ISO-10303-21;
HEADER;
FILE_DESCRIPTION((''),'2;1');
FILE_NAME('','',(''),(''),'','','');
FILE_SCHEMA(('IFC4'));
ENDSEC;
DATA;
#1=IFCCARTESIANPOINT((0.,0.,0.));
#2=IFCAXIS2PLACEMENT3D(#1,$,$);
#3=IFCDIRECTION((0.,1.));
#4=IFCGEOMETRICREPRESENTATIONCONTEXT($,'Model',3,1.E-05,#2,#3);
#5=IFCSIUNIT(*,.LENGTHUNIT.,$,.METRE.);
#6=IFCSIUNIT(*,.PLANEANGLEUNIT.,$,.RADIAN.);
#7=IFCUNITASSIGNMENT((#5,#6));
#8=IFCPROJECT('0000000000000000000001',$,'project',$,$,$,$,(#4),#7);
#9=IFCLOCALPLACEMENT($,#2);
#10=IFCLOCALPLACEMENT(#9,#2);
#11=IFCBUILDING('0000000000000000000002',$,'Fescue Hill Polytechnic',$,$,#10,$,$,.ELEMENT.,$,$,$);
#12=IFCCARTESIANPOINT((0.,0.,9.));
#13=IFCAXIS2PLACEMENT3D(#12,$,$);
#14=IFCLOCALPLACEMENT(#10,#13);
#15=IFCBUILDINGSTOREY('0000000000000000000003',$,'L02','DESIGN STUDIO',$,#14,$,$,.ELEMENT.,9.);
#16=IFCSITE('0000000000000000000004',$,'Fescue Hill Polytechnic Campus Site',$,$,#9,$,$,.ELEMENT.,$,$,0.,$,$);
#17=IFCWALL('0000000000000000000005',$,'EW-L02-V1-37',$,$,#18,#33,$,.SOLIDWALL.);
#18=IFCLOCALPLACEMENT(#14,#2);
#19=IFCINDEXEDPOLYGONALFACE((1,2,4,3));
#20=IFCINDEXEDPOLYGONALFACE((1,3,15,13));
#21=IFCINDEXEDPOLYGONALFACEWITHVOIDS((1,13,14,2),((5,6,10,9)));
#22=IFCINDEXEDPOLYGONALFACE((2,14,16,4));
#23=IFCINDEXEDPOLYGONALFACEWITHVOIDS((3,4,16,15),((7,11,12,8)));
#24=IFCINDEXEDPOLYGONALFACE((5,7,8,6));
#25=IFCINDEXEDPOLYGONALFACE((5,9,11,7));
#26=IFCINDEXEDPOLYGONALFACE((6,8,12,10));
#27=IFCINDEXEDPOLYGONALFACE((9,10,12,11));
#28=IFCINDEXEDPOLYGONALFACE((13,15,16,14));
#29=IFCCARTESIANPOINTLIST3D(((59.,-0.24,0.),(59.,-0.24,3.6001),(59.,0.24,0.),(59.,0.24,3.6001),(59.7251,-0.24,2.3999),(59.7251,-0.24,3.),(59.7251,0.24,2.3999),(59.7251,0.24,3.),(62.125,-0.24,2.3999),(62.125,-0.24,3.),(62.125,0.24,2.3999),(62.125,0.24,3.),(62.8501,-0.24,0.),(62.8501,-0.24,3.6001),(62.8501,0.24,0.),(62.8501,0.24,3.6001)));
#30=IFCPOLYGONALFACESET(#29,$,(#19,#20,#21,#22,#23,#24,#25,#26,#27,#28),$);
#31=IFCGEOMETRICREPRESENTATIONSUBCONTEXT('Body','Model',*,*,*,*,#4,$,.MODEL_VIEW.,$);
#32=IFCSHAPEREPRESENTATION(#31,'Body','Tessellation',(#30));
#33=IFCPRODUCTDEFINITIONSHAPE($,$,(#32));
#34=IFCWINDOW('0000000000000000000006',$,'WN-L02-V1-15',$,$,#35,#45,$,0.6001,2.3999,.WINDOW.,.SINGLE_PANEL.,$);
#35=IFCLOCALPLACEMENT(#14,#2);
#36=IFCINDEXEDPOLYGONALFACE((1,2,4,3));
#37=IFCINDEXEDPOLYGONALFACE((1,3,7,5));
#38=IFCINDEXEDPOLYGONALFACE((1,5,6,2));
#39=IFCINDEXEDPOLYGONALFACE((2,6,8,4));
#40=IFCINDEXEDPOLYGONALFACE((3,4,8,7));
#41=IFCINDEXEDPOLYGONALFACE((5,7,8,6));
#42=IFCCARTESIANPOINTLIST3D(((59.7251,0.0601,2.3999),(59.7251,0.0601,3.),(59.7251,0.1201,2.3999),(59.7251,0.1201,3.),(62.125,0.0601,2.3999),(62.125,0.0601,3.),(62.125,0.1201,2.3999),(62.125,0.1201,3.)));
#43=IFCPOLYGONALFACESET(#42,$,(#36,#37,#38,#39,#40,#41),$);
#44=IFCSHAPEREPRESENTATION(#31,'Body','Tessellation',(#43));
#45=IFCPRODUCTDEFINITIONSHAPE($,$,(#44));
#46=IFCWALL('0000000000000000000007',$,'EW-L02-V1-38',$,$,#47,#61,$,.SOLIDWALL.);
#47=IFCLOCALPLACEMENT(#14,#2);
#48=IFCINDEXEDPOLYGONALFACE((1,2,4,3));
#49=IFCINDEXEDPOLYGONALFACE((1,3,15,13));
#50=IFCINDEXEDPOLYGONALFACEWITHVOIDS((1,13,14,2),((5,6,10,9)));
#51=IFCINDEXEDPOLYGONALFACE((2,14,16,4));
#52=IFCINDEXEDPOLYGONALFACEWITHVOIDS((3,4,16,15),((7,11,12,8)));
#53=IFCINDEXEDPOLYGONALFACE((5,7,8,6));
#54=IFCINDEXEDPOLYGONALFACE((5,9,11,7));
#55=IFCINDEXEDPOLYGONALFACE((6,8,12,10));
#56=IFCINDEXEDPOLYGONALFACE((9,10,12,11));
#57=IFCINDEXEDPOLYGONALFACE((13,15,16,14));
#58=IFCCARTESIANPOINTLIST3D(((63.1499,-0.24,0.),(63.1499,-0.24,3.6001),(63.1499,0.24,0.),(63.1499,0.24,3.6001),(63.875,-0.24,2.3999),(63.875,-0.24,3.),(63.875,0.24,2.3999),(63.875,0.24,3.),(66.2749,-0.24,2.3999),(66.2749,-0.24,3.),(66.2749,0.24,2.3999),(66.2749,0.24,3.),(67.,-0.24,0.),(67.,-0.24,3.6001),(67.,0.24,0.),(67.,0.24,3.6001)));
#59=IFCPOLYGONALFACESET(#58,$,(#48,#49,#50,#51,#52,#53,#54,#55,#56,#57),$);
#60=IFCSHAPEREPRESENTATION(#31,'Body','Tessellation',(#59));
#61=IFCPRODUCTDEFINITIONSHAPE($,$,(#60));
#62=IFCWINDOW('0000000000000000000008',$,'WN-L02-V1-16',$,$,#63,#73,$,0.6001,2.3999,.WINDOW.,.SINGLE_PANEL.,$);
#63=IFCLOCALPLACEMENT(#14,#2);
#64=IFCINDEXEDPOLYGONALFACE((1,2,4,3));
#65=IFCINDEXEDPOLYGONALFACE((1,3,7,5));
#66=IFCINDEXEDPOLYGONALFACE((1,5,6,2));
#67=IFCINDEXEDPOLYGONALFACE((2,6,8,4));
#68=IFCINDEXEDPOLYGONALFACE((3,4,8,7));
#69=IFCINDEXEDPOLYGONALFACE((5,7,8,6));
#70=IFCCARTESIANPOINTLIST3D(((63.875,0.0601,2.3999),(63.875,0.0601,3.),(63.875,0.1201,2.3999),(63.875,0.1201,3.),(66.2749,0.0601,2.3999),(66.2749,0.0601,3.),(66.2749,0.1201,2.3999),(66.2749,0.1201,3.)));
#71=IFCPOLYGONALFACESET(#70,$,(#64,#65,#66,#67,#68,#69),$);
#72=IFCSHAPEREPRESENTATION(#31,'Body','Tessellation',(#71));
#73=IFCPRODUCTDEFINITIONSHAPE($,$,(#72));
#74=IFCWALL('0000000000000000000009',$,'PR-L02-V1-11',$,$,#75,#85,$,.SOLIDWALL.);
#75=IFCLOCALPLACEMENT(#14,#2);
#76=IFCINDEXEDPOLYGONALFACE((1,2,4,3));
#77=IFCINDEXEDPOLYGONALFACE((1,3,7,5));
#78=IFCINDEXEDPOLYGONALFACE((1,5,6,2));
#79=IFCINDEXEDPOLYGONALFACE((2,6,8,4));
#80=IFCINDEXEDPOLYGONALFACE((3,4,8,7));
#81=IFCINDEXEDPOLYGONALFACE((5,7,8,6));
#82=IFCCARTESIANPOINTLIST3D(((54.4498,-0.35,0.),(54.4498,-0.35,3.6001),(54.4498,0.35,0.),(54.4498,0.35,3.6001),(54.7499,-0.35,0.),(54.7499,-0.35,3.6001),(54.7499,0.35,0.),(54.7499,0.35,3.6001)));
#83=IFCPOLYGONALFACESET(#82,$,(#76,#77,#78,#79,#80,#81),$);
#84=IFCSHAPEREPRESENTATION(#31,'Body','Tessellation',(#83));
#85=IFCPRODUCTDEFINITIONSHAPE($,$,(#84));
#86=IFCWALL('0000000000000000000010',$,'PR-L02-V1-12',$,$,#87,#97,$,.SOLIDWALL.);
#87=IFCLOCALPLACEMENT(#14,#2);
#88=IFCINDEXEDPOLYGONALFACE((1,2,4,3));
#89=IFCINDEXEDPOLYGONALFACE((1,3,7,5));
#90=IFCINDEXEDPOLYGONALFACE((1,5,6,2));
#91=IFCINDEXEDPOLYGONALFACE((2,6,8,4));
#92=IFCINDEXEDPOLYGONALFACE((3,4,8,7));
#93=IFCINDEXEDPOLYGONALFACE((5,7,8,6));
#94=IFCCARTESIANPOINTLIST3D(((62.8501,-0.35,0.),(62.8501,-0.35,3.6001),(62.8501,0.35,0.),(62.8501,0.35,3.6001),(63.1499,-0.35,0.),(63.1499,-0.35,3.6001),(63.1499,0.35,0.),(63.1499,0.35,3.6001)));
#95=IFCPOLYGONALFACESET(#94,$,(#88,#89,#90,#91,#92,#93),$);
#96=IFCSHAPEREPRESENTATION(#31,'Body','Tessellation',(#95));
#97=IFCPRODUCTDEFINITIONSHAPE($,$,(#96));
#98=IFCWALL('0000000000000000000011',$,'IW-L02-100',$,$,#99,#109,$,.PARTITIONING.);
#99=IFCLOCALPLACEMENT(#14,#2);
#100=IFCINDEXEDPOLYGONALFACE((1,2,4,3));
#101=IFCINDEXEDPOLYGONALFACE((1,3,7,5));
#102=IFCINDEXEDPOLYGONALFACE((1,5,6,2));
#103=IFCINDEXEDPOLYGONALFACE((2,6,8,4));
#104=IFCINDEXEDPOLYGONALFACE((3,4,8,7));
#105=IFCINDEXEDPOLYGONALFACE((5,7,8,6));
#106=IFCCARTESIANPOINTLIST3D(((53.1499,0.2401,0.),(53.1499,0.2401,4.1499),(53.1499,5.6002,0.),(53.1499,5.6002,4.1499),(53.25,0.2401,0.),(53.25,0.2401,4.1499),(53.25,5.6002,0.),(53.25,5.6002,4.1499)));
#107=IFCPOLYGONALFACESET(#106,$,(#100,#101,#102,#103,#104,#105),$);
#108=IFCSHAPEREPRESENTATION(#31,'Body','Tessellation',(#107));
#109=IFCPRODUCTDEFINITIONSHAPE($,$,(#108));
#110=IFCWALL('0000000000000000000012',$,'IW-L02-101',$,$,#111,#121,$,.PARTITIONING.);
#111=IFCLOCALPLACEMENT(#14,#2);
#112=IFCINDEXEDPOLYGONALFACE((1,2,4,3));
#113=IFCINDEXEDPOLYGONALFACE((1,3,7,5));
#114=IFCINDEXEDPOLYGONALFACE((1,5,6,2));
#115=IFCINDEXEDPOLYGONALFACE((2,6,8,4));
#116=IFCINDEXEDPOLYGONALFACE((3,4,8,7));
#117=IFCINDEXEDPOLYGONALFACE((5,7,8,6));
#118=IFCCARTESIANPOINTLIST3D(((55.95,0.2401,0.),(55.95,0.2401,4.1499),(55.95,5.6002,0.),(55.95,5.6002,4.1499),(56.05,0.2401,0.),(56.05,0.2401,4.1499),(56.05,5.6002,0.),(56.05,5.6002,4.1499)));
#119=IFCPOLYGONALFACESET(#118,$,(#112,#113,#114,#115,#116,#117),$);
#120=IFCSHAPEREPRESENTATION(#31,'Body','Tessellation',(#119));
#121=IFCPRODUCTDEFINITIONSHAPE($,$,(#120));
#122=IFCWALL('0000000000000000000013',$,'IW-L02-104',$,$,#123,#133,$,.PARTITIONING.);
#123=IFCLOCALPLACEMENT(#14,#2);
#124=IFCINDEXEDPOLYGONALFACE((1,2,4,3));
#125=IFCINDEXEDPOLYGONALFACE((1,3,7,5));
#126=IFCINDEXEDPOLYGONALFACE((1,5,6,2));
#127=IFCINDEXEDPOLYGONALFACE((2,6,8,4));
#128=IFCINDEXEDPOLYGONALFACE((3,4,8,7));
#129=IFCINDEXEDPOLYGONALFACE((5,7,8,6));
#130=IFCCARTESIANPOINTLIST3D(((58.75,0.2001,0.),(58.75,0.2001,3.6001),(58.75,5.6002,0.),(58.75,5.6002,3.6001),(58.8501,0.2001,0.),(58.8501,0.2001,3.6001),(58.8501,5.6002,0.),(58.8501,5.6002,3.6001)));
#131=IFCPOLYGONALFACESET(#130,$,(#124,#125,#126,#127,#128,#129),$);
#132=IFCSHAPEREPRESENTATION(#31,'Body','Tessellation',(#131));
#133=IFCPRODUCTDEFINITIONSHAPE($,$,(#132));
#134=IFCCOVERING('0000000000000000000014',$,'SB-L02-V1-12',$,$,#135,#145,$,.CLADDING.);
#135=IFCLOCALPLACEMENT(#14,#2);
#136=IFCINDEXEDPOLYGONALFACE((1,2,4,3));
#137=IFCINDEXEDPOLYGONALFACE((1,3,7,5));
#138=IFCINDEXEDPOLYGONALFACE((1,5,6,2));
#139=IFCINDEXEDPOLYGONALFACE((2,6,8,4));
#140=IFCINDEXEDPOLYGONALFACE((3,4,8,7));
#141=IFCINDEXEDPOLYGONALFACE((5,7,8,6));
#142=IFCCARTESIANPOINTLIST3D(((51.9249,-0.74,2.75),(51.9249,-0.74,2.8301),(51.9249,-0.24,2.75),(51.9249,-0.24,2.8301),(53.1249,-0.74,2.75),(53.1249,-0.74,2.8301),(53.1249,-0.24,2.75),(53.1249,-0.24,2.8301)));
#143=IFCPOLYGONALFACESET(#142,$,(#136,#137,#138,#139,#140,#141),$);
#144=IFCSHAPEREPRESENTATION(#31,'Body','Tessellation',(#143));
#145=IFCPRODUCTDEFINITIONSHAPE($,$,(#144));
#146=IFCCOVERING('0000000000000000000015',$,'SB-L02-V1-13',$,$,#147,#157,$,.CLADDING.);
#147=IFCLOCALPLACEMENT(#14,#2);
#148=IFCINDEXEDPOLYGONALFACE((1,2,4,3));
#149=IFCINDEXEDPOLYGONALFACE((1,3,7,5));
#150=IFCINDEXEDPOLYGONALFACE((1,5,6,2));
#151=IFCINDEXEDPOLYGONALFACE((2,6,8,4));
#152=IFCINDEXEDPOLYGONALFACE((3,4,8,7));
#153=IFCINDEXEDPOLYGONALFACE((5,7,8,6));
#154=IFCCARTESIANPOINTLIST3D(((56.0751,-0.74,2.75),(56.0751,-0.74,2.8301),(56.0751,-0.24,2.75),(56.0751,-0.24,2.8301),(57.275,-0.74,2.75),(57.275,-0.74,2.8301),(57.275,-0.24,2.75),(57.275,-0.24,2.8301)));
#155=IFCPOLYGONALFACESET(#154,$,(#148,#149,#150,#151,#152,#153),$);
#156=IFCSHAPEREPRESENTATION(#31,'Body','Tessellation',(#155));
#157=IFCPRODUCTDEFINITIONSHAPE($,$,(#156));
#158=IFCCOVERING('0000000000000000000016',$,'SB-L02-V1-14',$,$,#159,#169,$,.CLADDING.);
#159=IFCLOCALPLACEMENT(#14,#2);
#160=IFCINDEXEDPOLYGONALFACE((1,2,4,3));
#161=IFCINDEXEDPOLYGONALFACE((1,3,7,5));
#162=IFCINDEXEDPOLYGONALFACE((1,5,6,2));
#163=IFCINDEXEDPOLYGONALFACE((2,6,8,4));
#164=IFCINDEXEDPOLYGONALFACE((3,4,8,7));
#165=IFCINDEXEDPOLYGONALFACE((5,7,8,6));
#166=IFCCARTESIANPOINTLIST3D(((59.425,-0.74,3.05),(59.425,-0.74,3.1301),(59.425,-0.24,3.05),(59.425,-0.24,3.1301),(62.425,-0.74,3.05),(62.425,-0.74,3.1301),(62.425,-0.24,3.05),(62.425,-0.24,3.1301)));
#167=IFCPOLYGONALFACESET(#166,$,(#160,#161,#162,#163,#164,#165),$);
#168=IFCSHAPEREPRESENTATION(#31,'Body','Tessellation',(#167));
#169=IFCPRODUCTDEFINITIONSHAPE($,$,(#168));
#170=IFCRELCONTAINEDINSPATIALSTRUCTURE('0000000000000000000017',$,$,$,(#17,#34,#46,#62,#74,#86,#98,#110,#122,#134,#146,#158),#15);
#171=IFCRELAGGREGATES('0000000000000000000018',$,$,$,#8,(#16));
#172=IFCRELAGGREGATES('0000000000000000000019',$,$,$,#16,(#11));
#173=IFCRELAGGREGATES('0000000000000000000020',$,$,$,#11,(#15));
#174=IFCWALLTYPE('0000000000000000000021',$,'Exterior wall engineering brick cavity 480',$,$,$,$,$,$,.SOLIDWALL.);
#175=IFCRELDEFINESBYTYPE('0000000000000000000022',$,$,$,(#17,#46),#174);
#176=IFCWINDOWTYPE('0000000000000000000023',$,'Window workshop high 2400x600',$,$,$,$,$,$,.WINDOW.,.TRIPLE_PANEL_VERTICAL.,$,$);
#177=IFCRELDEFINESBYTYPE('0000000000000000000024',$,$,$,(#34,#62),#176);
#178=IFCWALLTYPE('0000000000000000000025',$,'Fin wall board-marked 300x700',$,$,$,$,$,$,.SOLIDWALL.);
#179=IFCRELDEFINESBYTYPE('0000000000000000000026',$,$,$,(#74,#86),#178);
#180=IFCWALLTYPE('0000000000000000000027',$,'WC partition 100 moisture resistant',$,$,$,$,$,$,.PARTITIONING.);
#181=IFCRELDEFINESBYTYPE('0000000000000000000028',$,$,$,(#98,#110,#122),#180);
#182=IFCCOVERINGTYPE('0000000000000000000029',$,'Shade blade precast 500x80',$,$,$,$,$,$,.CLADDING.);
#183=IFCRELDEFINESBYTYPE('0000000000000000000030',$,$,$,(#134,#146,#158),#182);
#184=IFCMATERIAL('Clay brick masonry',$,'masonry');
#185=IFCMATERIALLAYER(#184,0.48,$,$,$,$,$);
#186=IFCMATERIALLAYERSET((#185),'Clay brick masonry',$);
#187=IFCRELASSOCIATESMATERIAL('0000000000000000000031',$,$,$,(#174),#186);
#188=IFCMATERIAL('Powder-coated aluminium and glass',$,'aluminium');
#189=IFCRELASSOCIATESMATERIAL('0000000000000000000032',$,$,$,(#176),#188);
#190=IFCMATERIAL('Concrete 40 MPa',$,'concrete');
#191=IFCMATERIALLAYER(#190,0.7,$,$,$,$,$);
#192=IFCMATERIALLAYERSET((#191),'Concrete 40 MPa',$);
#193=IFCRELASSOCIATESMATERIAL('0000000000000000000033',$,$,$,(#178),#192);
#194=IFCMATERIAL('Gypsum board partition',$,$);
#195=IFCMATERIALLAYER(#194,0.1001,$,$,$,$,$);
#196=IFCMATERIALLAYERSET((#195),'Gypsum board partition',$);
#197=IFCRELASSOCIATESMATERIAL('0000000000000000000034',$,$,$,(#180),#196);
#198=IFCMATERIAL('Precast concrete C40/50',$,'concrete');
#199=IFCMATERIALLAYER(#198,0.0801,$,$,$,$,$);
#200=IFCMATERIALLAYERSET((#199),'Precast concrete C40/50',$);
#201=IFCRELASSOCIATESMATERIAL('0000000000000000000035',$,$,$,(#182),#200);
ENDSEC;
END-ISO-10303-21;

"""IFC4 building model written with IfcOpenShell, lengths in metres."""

from ifc_helpers import new_model, si_unit, direction, frame, frame_2d, origin, origin_2d, place, context, subcontext, project, spatial, rectangle, extrude, material, layer, layer_set, type_object, element, fill, save


model = new_model("IFC4")

# Units and contexts
model_context = context("Model", 3, precision=1e-05, world=origin(), true_north=direction((0.0, 1.0)))
body_context = subcontext(model_context, "Body", "Model", "MODEL_VIEW")
ifc_project = project(units=[si_unit("LENGTHUNIT", "METRE"), si_unit("PLANEANGLEUNIT", "RADIAN")], contexts=[model_context])

# Site, building, storey
site_placement = place(None, origin())
site = spatial("IfcSite", under=ifc_project, at=site_placement, Name="Fescue Hill Polytechnic Campus Site", CompositionType="ELEMENT", RefElevation=0.0)
building_placement = place(site_placement, origin())
building = spatial("IfcBuilding", under=site, at=building_placement, Name="Fescue Hill Polytechnic", CompositionType="ELEMENT")
storey_placement = place(building_placement, frame((0.0, 0.0, 9.0)))
storey = spatial("IfcBuildingStorey", under=building, at=storey_placement, Name="L02", Description="DESIGN STUDIO", CompositionType="ELEMENT", Elevation=9.0)

# Shared definitions
ifc_material_1 = material(Name="Concrete 40 MPa", Category="concrete")

# Shared definitions
ifc_material_2 = material(Name="Gypsum board partition")

# Walls, openings, windows
ifc_material_3 = material(Name="Clay brick masonry", Category="masonry")
ifc_layer_1 = layer(ifc_material_3, 0.48)
ifc_layer_set_1 = layer_set([ifc_layer_1], Name="Clay brick masonry")
wall_type_1 = type_object("IfcWallType", Name="Exterior wall engineering brick cavity 480", PredefinedType="SOLIDWALL", material=ifc_layer_set_1)
ifc_material_4 = material(Name="Powder-coated aluminium and glass", Category="aluminium")
wall_1_placement = place(storey_placement, frame((59.0, 0.0, 0.0), z_axis=(0.0, 0.0, 1.0), x_axis=(1.0, 0.0, 0.0)))
wall_1 = element("IfcWall", 1, at=wall_1_placement, inside=storey, type_object=wall_type_1, Name="EW-L02-V1-37", PredefinedType="SOLIDWALL", context=body_context, shape_type="SweptSolid", body=[
    extrude(rectangle(XDim=3.8501, YDim=0.48, at=frame_2d((1.925, 0.0))), origin(), (0.0, 0.0, 1.0), 3.6001),
])
opening_1_placement = place(wall_1_placement, frame((0.7251, 0.0, 2.3999)))
opening_1 = element("IfcOpeningElement", 2, at=opening_1_placement, cuts=wall_1, PredefinedType="OPENING", context=body_context, shape_type="SweptSolid", body=[
    extrude(rectangle(XDim=2.3999, YDim=0.6001, at=frame_2d((1.2, 0.3))), frame((0.0, 0.25, 0.0), z_axis=(0.0, -1.0, 0.0), x_axis=(1.0, 0.0, 0.0)), (0.0, 0.0, 1.0), 0.5),
])
window_type_1 = type_object("IfcWindowType", Name="Window workshop high 2400x600", PartitioningType="TRIPLE_PANEL_VERTICAL", PredefinedType="WINDOW", material=ifc_material_4)
window_1_placement = place(opening_1_placement, origin())
window_1 = element("IfcWindow", 3, at=window_1_placement, inside=storey, type_object=window_type_1, Name="WN-L02-V1-15", OverallHeight=0.6001, OverallWidth=2.3999, PartitioningType="SINGLE_PANEL", PredefinedType="WINDOW", context=body_context, shape_type="SweptSolid", body=[
    extrude(rectangle(XDim=2.3999, YDim=0.6001, at=frame_2d((1.2, 0.3))), frame((0.0, 0.1201, 0.0), z_axis=(0.0, -1.0, 0.0), x_axis=(1.0, 0.0, 0.0)), (0.0, 0.0, 1.0), 0.0601),
])
fill(opening_1, window_1)
wall_2_placement = place(storey_placement, frame((63.1499, 0.0, 0.0), z_axis=(0.0, 0.0, 1.0), x_axis=(1.0, 0.0, 0.0)))
wall_2 = element("IfcWall", 4, at=wall_2_placement, inside=storey, type_object=wall_type_1, Name="EW-L02-V1-38", PredefinedType="SOLIDWALL", context=body_context, shape_type="SweptSolid", body=[
    extrude(rectangle(XDim=3.8501, YDim=0.48, at=frame_2d((1.925, 0.0))), origin(), (0.0, 0.0, 1.0), 3.6001),
])
opening_2_placement = place(wall_2_placement, frame((0.7251, 0.0, 2.3999)))
opening_2 = element("IfcOpeningElement", 5, at=opening_2_placement, cuts=wall_2, PredefinedType="OPENING", context=body_context, shape_type="SweptSolid", body=[
    extrude(rectangle(XDim=2.3999, YDim=0.6001, at=frame_2d((1.2, 0.3))), frame((0.0, 0.25, 0.0), z_axis=(0.0, -1.0, 0.0), x_axis=(1.0, 0.0, 0.0)), (0.0, 0.0, 1.0), 0.5),
])
window_2_placement = place(opening_2_placement, origin())
window_2 = element("IfcWindow", 6, at=window_2_placement, inside=storey, type_object=window_type_1, Name="WN-L02-V1-16", OverallHeight=0.6001, OverallWidth=2.3999, PartitioningType="SINGLE_PANEL", PredefinedType="WINDOW", context=body_context, shape_type="SweptSolid", body=[
    extrude(rectangle(XDim=2.3999, YDim=0.6001, at=frame_2d((1.2, 0.3))), frame((0.0, 0.1201, 0.0), z_axis=(0.0, -1.0, 0.0), x_axis=(1.0, 0.0, 0.0)), (0.0, 0.0, 1.0), 0.0601),
])
fill(opening_2, window_2)

# Walls
ifc_layer_2 = layer(ifc_material_1, 0.7)
ifc_layer_set_2 = layer_set([ifc_layer_2], Name="Concrete 40 MPa")
wall_type_2 = type_object("IfcWallType", Name="Fin wall board-marked 300x700", PredefinedType="SOLIDWALL", material=ifc_layer_set_2)
wall_3_placement = place(storey_placement, frame((54.45, 0.0, 0.0), z_axis=(0.0, 0.0, 1.0), x_axis=(1.0, 0.0, 0.0)))
element("IfcWall", 7, at=wall_3_placement, inside=storey, type_object=wall_type_2, Name="PR-L02-V1-11", PredefinedType="SOLIDWALL", context=body_context, shape_type="SweptSolid", body=[
    extrude(rectangle(XDim=0.3, YDim=0.7, at=frame_2d((0.1499, 0.0))), origin(), (0.0, 0.0, 1.0), 3.6001),
])
wall_4_placement = place(storey_placement, frame((62.8501, 0.0, 0.0), z_axis=(0.0, 0.0, 1.0), x_axis=(1.0, 0.0, 0.0)))
element("IfcWall", 8, at=wall_4_placement, inside=storey, type_object=wall_type_2, Name="PR-L02-V1-12", PredefinedType="SOLIDWALL", context=body_context, shape_type="SweptSolid", body=[
    extrude(rectangle(XDim=0.2998, YDim=0.7, at=frame_2d((0.1499, 0.0))), origin(), (0.0, 0.0, 1.0), 3.6001),
])
ifc_layer_3 = layer(ifc_material_2, 0.1001)
ifc_layer_set_3 = layer_set([ifc_layer_3], Name="Gypsum board partition")
wall_type_3 = type_object("IfcWallType", Name="WC partition 100 moisture resistant", PredefinedType="PARTITIONING", material=ifc_layer_set_3)
for number, where, z_axis, x_axis, name in (
    (9, (53.2, 0.24, 0.0), (0.0, 0.0, 1.0), (0.0, 1.0, 0.0), "IW-L02-100"),
    (10, (56.0, 0.24, 0.0), (0.0, 0.0, 1.0), (0.0, 1.0, 0.0), "IW-L02-101"),
):
    element("IfcWall", number, at=place(storey_placement, frame(where, z_axis=z_axis, x_axis=x_axis)), inside=storey, type_object=wall_type_3, Name=name, PredefinedType="PARTITIONING", context=body_context, shape_type="SweptSolid", body=[
        extrude(rectangle(XDim=5.3601, YDim=0.1001, at=frame_2d((2.6802, 0.0))), origin(), (0.0, 0.0, 1.0), 4.1499),
    ])
wall_5_placement = place(storey_placement, frame((58.8, 0.2, 0.0), z_axis=(0.0, 0.0, 1.0), x_axis=(0.0, 1.0, 0.0)))
element("IfcWall", 11, at=wall_5_placement, inside=storey, type_object=wall_type_3, Name="IW-L02-104", PredefinedType="PARTITIONING", context=body_context, shape_type="SweptSolid", body=[
    extrude(rectangle(XDim=5.4001, YDim=0.1001, at=frame_2d((2.7002, 0.0))), origin(), (0.0, 0.0, 1.0), 3.6001),
])

# Coverings
ifc_material_5 = material(Name="Precast concrete C40/50", Category="concrete")
ifc_layer_4 = layer(ifc_material_5, 0.0801)
ifc_layer_set_4 = layer_set([ifc_layer_4], Name="Precast concrete C40/50")
covering_type = type_object("IfcCoveringType", Name="Shade blade precast 500x80", PredefinedType="CLADDING", material=ifc_layer_set_4)
for number, where, z_axis, x_axis, name in (
    (12, (52.5249, -0.49, 2.75), (0.0, 0.0, 1.0), (1.0, 0.0, 0.0), "SB-L02-V1-12"),
    (13, (56.675, -0.49, 2.75), (0.0, 0.0, 1.0), (1.0, 0.0, 0.0), "SB-L02-V1-13"),
):
    element("IfcCovering", number, at=place(storey_placement, frame(where, z_axis=z_axis, x_axis=x_axis)), inside=storey, type_object=covering_type, Name=name, PredefinedType="CLADDING", context=body_context, shape_type="SweptSolid", body=[
        extrude(rectangle(XDim=1.2, YDim=0.5, at=origin_2d()), origin(), (0.0, 0.0, 1.0), 0.0801),
    ])
covering_placement = place(storey_placement, frame((60.925, -0.49, 3.05), z_axis=(0.0, 0.0, 1.0), x_axis=(1.0, 0.0, 0.0)))
element("IfcCovering", 14, at=covering_placement, inside=storey, type_object=covering_type, Name="SB-L02-V1-14", PredefinedType="CLADDING", context=body_context, shape_type="SweptSolid", body=[
    extrude(rectangle(XDim=3.0, YDim=0.5, at=origin_2d()), origin(), (0.0, 0.0, 1.0), 0.0801),
])

save(model, "model.ifc")
